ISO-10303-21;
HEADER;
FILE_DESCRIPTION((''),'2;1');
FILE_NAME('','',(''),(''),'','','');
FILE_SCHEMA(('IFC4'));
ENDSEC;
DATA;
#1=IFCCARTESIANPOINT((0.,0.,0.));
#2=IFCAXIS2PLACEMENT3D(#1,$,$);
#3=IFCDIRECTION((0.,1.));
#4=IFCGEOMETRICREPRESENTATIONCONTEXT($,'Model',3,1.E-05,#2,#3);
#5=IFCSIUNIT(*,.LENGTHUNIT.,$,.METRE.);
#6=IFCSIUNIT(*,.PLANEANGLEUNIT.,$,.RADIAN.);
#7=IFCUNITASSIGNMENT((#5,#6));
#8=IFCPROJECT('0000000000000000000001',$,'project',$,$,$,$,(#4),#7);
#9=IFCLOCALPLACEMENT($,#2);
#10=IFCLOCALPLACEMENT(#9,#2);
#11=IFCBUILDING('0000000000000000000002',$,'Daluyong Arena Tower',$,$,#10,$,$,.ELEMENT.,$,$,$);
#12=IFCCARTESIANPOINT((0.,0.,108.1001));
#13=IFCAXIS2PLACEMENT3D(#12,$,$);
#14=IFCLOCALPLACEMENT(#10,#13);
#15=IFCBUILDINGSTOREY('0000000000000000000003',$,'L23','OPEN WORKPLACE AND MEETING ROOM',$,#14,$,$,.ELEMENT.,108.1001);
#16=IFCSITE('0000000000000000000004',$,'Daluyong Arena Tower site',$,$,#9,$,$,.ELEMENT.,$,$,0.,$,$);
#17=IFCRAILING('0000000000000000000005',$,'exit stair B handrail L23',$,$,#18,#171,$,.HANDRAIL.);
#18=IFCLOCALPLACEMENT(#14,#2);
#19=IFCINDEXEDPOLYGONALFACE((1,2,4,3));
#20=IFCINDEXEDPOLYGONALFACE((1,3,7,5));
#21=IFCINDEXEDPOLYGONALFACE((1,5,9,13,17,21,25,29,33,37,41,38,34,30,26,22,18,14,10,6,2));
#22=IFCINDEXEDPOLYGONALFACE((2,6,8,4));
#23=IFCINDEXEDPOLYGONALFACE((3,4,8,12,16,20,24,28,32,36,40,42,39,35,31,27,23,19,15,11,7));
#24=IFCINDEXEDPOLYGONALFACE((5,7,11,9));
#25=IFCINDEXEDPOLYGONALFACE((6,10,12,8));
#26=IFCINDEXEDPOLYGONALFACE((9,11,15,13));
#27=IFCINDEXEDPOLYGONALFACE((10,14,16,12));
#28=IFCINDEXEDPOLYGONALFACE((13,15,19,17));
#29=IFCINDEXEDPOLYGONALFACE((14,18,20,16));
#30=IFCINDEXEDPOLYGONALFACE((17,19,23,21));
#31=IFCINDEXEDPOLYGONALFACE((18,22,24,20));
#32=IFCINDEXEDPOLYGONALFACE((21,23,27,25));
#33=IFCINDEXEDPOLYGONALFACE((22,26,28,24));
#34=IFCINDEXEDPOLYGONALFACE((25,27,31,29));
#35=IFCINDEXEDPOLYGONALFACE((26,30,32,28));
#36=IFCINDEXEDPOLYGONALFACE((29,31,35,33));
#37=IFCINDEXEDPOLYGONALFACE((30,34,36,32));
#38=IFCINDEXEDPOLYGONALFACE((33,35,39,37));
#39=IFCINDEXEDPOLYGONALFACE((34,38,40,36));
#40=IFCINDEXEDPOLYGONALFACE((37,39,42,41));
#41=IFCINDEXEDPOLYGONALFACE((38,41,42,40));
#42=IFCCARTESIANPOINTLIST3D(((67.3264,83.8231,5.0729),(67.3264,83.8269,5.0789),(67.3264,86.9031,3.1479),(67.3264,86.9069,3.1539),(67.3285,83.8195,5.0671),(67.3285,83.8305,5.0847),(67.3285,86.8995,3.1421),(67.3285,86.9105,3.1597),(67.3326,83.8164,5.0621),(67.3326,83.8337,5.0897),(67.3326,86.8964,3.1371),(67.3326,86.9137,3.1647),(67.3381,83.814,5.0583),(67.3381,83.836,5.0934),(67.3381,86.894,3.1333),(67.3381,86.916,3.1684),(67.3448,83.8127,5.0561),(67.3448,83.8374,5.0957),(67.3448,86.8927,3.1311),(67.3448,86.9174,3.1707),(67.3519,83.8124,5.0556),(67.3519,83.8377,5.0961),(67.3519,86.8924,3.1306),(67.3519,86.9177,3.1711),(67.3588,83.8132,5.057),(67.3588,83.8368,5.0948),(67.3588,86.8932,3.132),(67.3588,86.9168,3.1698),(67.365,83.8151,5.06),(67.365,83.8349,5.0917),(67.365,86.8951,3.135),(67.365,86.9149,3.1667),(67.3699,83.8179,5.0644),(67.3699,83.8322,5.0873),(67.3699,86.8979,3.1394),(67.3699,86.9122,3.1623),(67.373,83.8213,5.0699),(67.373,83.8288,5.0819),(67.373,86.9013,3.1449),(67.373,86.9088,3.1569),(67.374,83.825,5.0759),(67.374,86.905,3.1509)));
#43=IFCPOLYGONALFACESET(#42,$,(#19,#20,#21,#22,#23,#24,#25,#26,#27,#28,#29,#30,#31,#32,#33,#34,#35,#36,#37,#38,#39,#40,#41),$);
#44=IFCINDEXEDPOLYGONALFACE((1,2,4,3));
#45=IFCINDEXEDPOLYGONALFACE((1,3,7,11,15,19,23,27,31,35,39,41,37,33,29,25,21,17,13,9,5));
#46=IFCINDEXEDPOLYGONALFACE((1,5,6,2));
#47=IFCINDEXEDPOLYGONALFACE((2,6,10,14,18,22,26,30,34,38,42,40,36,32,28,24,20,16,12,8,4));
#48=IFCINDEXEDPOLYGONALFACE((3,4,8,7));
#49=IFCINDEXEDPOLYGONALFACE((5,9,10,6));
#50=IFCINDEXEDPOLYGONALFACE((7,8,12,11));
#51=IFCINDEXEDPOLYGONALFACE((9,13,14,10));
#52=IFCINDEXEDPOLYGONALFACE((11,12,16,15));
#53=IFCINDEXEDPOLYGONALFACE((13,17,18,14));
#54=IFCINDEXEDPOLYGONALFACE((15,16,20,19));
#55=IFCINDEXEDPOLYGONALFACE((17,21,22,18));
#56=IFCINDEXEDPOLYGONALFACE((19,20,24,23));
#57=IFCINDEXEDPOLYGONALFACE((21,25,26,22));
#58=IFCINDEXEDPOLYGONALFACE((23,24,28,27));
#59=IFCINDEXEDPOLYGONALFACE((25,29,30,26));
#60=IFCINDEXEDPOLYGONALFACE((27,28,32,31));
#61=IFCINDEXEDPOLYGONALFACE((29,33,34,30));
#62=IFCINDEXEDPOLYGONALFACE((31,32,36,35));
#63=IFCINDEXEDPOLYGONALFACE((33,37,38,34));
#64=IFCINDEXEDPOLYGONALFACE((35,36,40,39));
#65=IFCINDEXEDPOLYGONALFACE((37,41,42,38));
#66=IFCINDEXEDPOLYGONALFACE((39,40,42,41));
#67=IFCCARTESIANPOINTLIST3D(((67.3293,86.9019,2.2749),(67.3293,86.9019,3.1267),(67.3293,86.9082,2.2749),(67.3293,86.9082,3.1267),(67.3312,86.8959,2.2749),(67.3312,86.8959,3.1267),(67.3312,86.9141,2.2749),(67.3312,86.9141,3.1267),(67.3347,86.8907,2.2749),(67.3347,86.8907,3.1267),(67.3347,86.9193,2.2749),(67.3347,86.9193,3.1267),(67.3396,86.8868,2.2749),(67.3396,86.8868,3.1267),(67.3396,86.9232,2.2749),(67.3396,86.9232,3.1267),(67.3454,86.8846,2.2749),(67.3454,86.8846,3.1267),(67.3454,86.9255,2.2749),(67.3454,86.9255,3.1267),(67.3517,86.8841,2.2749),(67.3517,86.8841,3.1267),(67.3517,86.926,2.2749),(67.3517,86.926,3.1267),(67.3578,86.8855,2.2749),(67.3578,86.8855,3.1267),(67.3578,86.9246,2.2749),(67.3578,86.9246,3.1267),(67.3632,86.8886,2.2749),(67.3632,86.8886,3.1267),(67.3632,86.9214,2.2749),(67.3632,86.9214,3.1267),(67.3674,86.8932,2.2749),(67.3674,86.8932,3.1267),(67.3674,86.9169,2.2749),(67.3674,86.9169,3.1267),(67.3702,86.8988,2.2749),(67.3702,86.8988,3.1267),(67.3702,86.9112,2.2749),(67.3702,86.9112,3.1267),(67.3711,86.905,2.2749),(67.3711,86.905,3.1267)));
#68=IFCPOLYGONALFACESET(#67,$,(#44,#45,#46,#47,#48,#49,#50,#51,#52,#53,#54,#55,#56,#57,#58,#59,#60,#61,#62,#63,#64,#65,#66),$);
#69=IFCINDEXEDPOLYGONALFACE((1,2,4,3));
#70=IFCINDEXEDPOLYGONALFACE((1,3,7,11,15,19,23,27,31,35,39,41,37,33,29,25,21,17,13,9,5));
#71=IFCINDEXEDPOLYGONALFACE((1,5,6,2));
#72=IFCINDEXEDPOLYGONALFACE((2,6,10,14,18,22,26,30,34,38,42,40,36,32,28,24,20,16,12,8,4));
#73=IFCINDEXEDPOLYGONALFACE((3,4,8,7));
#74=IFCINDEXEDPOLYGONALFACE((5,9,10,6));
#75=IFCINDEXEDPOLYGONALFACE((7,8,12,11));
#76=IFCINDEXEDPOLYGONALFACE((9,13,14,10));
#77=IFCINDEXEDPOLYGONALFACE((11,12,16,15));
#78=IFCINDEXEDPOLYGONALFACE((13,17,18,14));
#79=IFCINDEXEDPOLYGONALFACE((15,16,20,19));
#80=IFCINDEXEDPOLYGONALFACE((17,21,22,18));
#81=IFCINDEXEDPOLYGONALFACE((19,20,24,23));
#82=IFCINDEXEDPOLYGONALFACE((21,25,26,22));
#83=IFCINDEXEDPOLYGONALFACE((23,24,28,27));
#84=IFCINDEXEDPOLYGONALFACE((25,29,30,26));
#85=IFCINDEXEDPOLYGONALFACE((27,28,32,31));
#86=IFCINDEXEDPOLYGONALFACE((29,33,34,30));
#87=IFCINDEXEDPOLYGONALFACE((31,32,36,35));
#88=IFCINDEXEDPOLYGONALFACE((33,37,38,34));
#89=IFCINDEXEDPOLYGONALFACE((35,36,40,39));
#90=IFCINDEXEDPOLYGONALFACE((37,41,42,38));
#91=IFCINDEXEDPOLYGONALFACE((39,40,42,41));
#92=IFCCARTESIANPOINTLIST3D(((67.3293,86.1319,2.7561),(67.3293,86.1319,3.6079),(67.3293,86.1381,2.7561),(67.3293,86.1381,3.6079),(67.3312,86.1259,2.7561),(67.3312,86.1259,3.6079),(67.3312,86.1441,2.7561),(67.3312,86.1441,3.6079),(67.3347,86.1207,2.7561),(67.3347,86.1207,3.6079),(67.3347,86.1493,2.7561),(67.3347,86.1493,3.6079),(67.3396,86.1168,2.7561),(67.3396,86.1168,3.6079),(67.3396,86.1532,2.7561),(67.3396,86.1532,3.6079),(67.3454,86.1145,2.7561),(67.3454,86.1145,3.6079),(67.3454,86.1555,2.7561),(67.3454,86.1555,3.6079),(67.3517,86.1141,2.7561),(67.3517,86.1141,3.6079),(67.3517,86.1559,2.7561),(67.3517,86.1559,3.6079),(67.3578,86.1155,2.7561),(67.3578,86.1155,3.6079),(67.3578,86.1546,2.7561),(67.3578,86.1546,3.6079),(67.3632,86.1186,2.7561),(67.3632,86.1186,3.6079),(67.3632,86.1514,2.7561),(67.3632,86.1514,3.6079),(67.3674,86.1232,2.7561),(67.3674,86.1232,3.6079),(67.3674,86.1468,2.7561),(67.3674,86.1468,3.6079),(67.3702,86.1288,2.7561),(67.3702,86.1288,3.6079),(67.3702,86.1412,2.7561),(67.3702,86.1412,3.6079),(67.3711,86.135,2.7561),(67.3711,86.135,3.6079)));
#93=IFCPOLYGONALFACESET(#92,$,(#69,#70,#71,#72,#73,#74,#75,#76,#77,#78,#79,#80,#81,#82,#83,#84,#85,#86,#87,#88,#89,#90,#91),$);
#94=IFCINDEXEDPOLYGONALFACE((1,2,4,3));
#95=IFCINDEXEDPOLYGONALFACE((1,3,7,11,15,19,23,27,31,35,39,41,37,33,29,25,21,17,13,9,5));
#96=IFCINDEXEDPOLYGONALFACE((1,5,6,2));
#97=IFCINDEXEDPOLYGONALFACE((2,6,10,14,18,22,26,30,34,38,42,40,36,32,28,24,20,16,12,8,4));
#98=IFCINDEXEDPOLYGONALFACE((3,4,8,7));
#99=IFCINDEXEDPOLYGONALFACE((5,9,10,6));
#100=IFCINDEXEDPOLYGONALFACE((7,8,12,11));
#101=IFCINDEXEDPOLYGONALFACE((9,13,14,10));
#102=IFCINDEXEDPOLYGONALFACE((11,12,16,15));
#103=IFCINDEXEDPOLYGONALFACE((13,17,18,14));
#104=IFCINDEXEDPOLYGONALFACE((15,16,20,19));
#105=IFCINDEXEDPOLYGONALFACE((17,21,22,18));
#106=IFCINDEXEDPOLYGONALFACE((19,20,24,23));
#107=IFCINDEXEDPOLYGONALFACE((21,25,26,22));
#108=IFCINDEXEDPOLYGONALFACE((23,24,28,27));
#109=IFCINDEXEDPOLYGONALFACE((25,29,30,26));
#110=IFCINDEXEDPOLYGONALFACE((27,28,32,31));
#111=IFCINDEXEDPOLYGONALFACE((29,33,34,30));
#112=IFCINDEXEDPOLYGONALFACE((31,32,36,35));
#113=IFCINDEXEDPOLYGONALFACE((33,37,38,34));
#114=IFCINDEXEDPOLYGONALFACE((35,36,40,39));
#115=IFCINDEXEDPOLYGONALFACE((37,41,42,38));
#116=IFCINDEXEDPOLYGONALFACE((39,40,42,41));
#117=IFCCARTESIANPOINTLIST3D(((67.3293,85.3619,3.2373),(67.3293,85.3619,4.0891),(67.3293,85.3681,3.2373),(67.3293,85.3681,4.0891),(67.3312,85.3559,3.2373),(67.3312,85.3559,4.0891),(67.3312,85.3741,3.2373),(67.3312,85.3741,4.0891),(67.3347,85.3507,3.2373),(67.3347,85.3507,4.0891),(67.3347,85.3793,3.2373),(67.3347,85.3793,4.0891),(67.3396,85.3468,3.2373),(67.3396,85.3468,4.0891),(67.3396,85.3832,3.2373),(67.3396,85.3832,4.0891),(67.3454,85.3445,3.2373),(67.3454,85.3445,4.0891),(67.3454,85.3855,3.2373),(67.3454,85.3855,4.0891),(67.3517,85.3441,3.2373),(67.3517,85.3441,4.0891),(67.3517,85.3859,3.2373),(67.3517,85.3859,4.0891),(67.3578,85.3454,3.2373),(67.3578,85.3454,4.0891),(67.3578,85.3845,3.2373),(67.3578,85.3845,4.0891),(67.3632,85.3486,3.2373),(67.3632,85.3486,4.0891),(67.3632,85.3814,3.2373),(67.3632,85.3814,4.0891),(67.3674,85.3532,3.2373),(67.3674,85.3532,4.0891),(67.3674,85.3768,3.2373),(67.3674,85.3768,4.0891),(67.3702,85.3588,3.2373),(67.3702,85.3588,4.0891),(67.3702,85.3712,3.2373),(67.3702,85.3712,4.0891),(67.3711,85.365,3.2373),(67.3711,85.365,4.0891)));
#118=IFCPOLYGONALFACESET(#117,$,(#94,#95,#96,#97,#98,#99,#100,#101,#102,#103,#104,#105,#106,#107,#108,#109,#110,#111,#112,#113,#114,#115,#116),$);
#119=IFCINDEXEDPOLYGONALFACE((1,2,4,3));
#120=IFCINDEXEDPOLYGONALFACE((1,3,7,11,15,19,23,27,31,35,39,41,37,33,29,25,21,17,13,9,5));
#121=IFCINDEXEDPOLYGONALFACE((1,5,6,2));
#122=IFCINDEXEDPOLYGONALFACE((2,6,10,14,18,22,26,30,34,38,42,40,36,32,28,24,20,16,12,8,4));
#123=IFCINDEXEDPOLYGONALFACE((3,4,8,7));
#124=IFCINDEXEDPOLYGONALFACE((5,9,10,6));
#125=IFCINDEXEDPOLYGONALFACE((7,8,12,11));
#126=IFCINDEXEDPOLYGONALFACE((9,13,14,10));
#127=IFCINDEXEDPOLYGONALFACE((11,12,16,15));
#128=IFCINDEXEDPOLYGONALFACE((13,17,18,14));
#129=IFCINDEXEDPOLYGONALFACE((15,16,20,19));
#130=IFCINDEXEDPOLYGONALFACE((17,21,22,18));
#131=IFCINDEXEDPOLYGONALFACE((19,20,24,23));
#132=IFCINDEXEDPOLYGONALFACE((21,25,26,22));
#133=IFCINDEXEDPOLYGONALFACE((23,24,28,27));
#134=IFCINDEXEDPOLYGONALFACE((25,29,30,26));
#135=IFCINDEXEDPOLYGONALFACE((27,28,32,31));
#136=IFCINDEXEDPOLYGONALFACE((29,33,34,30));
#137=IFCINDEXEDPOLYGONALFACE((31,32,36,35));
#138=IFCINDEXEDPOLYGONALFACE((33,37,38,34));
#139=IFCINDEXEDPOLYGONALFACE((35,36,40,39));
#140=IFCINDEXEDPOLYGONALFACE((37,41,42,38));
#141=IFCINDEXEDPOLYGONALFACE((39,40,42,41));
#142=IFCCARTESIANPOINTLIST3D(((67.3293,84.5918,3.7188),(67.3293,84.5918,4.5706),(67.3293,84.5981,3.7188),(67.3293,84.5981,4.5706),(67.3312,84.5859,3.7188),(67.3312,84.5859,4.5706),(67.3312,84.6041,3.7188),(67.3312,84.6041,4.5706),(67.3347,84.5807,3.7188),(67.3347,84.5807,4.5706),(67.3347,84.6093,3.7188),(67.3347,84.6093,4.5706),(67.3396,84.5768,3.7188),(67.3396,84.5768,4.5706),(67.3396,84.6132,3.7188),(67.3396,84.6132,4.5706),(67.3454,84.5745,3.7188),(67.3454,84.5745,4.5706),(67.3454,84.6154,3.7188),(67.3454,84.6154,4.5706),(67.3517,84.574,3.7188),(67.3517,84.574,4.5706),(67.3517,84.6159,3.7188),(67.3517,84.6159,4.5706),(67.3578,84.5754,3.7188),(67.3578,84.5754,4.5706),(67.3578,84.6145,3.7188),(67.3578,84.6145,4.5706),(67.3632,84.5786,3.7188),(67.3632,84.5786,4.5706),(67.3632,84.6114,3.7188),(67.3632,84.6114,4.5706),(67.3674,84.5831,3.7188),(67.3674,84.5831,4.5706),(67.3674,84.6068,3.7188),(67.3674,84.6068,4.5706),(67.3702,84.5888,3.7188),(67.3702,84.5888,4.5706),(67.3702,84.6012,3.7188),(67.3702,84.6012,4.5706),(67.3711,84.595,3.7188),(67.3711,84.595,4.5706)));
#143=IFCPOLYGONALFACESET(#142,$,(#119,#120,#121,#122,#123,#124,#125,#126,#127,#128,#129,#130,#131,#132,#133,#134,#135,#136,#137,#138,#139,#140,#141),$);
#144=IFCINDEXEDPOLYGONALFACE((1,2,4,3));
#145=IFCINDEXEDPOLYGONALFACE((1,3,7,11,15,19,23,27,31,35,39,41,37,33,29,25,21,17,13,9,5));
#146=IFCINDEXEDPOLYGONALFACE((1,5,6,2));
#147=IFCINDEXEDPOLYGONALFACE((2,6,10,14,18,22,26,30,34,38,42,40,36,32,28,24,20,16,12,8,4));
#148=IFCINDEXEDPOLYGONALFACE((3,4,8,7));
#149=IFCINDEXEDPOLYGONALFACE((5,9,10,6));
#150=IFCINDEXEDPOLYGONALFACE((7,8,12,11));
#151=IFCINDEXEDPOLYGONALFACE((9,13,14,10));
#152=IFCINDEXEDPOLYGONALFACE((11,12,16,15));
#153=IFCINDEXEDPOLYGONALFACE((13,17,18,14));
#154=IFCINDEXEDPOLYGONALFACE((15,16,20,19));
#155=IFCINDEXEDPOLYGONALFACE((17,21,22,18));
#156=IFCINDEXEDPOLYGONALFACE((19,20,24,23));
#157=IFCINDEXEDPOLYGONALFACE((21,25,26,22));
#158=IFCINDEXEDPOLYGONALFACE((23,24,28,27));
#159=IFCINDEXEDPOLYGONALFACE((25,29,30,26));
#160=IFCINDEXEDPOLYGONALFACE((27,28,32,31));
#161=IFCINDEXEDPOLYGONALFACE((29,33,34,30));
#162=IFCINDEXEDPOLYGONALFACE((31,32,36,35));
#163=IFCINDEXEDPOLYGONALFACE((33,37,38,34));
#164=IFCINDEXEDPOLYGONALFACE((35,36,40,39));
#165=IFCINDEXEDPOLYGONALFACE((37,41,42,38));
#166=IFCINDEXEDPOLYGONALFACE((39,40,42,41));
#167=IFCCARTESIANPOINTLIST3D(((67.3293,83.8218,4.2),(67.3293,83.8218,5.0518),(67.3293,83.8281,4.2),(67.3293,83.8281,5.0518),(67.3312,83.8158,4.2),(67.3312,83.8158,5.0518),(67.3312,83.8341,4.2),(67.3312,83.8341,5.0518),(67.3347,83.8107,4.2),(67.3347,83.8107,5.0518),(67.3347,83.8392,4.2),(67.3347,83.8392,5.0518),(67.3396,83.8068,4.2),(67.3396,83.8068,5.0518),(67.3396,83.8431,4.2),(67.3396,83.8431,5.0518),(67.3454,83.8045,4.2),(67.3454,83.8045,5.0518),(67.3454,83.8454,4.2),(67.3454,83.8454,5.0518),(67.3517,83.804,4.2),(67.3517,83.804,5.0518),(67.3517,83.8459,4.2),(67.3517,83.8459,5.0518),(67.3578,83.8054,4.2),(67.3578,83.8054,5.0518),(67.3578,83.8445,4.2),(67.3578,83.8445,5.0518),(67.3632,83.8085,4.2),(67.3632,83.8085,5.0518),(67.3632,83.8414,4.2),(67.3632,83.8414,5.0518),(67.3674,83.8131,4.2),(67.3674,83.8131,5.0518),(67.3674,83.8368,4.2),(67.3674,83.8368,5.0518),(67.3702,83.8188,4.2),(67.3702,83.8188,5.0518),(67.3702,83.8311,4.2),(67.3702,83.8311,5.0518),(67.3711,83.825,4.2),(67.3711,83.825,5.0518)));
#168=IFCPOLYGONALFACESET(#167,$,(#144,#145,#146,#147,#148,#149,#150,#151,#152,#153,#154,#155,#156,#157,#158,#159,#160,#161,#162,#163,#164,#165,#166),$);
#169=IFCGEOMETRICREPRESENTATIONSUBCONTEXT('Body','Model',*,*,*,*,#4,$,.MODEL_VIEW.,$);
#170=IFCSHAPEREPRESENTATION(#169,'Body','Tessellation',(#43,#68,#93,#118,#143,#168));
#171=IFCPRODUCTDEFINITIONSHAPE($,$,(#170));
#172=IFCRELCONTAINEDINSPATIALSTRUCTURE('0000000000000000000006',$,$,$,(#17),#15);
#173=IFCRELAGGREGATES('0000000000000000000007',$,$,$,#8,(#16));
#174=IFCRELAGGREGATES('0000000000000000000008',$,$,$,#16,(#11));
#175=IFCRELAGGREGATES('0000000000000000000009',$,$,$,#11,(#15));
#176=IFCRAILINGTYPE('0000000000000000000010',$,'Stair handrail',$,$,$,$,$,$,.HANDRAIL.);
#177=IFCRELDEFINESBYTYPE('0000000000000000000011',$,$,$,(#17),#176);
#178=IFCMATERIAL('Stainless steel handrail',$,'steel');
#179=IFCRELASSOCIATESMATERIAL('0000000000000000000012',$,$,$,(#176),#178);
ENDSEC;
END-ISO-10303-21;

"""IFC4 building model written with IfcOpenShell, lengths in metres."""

from ifc_helpers import new_model, si_unit, direction, frame, origin, origin_2d, place, context, subcontext, project, spatial, circle, extrude, material, type_object, element, save


model = new_model("IFC4")

# Units and contexts
model_context = context("Model", 3, precision=1e-05, world=origin(), true_north=direction((0.0, 1.0)))
body_context = subcontext(model_context, "Body", "Model", "MODEL_VIEW")
ifc_project = project(units=[si_unit("LENGTHUNIT", "METRE"), si_unit("PLANEANGLEUNIT", "RADIAN")], contexts=[model_context])

# Site, building, storey
site_placement = place(None, origin())
site = spatial("IfcSite", under=ifc_project, at=site_placement, Name="Daluyong Arena Tower site", CompositionType="ELEMENT", RefElevation=0.0)
building_placement = place(site_placement, origin())
building = spatial("IfcBuilding", under=site, at=building_placement, Name="Daluyong Arena Tower", CompositionType="ELEMENT")
storey_placement = place(building_placement, frame((0.0, 0.0, 108.1001)))
storey = spatial("IfcBuildingStorey", under=building, at=storey_placement, Name="L23", Description="OPEN WORKPLACE AND MEETING ROOM", CompositionType="ELEMENT", Elevation=108.1001)

# Railing
ifc_material_1 = material(Name="Stainless steel handrail", Category="steel")
railing_type = type_object("IfcRailingType", Name="Stair handrail", PredefinedType="HANDRAIL", material=ifc_material_1)
railing_placement = place(storey_placement, frame((67.3501, 86.905, 2.2749)))
element("IfcRailing", 1, at=railing_placement, inside=storey, type_object=railing_type, Name="exit stair B handrail L23", PredefinedType="HANDRAIL", context=body_context, shape_type="SweptSolid", body=[
    extrude(circle(Radius=0.0239, at=origin_2d()), frame((0.0, 0.0, 0.876), z_axis=(0.0, -0.847998, 0.529999), x_axis=(1.0, 0.0, 0.0)), (0.0, 0.0, 1.0), 3.6321),
    extrude(circle(Radius=0.021, at=origin_2d()), origin(), (0.0, 0.0, 1.0), 0.8518),
    extrude(circle(Radius=0.021, at=origin_2d()), frame((0.0, -0.77, 0.4812)), (0.0, 0.0, 1.0), 0.8518),
    extrude(circle(Radius=0.021, at=origin_2d()), frame((0.0, -1.54, 0.9624)), (0.0, 0.0, 1.0), 0.8518),
    extrude(circle(Radius=0.021, at=origin_2d()), frame((0.0, -2.3101, 1.4438)), (0.0, 0.0, 1.0), 0.8518),
    extrude(circle(Radius=0.021, at=origin_2d()), frame((0.0, -3.0801, 1.925)), (0.0, 0.0, 1.0), 0.8518),
])

save(model, "model.ifc")
